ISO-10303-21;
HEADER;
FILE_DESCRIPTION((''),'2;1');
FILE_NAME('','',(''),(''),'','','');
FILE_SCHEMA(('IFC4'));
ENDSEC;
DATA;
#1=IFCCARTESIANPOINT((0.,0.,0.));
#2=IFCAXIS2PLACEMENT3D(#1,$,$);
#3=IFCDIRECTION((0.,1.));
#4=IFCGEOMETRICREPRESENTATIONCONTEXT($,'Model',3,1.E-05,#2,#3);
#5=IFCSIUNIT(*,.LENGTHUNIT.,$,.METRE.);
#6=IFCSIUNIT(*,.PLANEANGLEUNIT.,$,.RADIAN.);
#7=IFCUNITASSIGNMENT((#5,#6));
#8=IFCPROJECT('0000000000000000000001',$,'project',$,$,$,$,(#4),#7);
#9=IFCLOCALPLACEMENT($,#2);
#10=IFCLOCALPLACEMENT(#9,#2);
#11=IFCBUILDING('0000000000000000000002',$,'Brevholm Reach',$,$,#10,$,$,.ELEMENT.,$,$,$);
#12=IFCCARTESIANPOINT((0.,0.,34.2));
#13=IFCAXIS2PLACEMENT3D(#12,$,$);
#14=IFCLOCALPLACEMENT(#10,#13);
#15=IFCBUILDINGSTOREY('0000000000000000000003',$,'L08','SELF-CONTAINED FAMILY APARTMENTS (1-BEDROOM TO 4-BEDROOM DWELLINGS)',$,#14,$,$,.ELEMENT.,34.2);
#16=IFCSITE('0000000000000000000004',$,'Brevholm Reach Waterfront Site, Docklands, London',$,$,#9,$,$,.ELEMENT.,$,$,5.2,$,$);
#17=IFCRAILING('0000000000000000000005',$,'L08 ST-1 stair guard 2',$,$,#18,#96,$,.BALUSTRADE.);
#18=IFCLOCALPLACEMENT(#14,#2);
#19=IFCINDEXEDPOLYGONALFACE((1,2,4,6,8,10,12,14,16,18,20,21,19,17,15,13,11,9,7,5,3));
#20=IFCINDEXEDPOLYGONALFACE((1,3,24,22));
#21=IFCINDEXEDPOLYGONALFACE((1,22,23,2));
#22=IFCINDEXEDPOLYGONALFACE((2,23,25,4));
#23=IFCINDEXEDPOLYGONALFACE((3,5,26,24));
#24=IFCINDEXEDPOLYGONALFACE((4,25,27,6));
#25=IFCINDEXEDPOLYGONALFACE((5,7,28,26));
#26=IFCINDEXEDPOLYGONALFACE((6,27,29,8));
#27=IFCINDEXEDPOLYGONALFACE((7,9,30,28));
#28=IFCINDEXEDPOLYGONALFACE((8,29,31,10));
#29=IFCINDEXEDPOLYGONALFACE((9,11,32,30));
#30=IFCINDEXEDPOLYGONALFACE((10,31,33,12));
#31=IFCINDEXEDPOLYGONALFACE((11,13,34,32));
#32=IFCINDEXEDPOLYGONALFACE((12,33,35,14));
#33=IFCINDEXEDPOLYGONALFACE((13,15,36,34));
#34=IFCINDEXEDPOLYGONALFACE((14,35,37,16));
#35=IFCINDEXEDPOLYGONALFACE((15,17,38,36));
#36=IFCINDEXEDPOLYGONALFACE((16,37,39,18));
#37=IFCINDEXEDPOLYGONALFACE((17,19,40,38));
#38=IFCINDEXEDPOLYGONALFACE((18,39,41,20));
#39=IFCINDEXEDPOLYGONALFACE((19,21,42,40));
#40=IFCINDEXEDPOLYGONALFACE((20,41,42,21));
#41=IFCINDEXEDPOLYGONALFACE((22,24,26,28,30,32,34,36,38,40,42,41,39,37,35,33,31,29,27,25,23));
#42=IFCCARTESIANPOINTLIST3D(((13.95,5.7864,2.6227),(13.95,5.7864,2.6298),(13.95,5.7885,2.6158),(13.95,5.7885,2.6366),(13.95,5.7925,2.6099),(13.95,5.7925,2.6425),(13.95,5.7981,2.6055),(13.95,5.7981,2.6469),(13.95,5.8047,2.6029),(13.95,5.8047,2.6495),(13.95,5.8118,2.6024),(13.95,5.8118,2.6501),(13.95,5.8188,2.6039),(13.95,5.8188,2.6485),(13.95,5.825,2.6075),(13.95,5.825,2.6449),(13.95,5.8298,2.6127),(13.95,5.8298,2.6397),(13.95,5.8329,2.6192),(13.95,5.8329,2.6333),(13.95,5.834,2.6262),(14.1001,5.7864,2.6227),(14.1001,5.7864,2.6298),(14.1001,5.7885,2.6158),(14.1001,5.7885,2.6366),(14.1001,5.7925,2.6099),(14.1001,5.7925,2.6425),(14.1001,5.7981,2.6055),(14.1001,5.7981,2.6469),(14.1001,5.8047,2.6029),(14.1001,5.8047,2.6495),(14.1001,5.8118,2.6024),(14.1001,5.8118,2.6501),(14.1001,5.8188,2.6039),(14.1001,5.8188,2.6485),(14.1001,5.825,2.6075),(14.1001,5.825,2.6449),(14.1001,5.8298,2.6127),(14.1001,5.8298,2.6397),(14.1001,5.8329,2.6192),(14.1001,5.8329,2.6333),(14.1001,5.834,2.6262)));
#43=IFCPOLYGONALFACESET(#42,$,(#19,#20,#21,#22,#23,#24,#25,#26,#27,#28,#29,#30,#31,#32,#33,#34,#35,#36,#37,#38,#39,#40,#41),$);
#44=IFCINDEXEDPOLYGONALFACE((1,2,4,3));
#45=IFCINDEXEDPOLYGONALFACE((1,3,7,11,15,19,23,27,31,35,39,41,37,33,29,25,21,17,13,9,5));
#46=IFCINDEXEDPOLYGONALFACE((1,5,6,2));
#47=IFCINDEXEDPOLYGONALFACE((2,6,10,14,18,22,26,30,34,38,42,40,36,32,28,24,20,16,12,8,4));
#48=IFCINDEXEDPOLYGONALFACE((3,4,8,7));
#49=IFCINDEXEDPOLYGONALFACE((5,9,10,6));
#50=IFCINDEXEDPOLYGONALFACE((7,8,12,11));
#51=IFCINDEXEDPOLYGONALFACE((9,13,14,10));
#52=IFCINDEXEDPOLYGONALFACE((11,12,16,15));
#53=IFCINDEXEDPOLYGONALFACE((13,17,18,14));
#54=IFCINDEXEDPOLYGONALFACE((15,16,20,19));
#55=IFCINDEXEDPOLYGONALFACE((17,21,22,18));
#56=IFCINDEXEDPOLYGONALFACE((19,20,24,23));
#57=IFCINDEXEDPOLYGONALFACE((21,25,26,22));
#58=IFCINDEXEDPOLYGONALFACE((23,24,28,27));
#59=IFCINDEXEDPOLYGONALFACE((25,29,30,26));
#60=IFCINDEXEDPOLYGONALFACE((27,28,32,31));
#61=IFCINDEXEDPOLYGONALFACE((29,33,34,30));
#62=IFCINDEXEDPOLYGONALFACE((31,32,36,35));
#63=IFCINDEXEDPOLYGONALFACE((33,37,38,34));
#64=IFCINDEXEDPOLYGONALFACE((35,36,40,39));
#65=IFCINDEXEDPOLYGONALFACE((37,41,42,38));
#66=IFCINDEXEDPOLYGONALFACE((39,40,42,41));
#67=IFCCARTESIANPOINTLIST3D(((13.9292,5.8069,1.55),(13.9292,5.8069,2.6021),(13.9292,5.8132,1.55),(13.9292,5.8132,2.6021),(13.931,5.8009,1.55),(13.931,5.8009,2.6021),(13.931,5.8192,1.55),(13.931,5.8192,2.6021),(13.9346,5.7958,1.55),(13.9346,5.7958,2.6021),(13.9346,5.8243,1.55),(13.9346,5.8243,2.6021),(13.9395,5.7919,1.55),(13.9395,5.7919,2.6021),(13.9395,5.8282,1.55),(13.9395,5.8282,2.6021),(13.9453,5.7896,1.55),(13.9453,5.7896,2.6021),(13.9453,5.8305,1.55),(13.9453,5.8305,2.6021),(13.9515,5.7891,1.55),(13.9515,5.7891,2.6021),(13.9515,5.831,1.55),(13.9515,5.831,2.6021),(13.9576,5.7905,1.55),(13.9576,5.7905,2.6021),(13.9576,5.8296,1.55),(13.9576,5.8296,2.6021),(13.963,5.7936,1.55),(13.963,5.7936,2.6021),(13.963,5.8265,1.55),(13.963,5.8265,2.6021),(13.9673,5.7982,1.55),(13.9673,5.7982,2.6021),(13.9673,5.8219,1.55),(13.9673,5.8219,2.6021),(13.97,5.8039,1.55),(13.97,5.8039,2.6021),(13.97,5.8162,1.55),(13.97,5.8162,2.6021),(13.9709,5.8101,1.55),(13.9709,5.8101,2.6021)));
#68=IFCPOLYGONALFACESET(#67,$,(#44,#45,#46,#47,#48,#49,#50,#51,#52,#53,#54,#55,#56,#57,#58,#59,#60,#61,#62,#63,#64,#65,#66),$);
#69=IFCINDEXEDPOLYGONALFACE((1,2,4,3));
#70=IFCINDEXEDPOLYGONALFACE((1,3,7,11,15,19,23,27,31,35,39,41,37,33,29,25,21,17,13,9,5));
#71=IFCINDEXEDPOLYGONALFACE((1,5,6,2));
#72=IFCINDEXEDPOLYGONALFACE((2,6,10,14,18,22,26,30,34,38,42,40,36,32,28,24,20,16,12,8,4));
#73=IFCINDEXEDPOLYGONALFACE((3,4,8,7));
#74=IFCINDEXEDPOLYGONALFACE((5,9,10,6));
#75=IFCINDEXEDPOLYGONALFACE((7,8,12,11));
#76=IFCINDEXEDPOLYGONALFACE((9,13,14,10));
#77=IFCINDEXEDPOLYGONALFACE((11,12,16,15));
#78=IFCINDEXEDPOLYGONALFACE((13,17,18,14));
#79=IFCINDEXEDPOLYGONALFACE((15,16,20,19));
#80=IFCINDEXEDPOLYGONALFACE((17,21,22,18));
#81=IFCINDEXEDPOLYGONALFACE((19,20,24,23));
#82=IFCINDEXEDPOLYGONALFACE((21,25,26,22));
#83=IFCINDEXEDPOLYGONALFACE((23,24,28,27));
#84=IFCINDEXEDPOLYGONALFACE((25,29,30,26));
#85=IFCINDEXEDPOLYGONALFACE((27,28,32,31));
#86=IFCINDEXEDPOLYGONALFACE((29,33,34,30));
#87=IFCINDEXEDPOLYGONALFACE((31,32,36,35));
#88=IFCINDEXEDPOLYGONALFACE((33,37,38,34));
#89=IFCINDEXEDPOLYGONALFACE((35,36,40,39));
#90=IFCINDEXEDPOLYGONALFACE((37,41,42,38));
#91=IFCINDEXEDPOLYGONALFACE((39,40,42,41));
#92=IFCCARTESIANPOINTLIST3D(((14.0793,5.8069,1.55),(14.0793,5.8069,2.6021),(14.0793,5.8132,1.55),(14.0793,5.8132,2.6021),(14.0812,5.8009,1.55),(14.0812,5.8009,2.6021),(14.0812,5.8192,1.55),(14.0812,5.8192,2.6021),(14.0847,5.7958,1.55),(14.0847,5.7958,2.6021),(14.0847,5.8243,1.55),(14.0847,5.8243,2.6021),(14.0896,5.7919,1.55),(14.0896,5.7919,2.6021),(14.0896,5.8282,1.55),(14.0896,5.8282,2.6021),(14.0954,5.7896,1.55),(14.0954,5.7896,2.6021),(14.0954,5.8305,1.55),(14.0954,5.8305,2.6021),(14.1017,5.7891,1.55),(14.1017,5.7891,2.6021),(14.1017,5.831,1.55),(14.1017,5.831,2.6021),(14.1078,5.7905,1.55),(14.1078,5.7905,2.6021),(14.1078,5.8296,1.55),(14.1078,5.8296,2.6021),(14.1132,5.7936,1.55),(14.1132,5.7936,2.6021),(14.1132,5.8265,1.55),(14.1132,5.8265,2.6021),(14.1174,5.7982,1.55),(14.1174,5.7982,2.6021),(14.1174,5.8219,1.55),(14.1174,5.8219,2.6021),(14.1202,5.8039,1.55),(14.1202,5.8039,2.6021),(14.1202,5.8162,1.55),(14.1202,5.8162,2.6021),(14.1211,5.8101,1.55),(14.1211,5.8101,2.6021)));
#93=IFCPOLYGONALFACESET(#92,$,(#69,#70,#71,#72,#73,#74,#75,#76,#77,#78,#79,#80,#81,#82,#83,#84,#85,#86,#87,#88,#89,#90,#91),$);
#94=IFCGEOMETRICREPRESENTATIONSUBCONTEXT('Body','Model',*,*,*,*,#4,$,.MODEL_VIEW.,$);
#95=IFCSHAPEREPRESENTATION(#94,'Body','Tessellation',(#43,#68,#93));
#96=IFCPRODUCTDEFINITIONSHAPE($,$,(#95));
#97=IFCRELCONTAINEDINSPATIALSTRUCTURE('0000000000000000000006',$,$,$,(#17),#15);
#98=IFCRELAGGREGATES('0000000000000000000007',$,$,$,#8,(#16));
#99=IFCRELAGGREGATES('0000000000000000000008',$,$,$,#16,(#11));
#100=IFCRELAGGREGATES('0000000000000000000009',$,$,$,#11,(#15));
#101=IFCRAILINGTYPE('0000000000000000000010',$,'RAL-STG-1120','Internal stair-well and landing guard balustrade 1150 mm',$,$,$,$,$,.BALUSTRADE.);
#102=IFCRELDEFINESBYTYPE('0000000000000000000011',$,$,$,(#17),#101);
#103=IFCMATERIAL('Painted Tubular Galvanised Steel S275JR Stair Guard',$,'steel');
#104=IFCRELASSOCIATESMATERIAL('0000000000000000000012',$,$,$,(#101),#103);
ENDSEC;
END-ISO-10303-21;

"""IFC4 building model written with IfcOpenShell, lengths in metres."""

from ifc_helpers import new_model, si_unit, direction, frame, origin, origin_2d, place, context, subcontext, project, spatial, circle, extrude, material, type_object, element, save


model = new_model("IFC4")

# Units and contexts
model_context = context("Model", 3, precision=1e-05, world=origin(), true_north=direction((0.0, 1.0)))
body_context = subcontext(model_context, "Body", "Model", "MODEL_VIEW")
ifc_project = project(units=[si_unit("LENGTHUNIT", "METRE"), si_unit("PLANEANGLEUNIT", "RADIAN")], contexts=[model_context])

# Site, building, storey
site_placement = place(None, origin())
site = spatial("IfcSite", under=ifc_project, at=site_placement, Name="Brevholm Reach Waterfront Site, Docklands, London", CompositionType="ELEMENT", RefElevation=5.2)
building_placement = place(site_placement, origin())
building = spatial("IfcBuilding", under=site, at=building_placement, Name="Brevholm Reach", CompositionType="ELEMENT")
storey_placement = place(building_placement, frame((0.0, 0.0, 34.2)))
storey = spatial("IfcBuildingStorey", under=building, at=storey_placement, Name="L08", Description="SELF-CONTAINED FAMILY APARTMENTS (1-BEDROOM TO 4-BEDROOM DWELLINGS)", CompositionType="ELEMENT", Elevation=34.2)

# Railing
ifc_material_1 = material(Name="Painted Tubular Galvanised Steel S275JR Stair Guard", Category="steel")
railing_type_1 = type_object("IfcRailingType", Name="RAL-STG-1120", Description="Internal stair-well and landing guard balustrade 1150 mm", PredefinedType="BALUSTRADE", material=ifc_material_1)
railing_1_placement = place(storey_placement, frame((13.95, 5.8101, 1.55)))
element("IfcRailing", 1, at=railing_1_placement, inside=storey, type_object=railing_type_1, Name="L08 ST-1 stair guard 2", PredefinedType="BALUSTRADE", context=body_context, shape_type="SweptSolid", body=[
    extrude(circle(Radius=0.0239, at=origin_2d()), frame((0.0, 0.0, 1.0762), z_axis=(1.0, 0.0, 0.0), x_axis=(0.0, 1.0, 0.0)), (0.0, 0.0, 1.0), 0.1501),
    extrude(circle(Radius=0.021, at=origin_2d()), origin(), (0.0, 0.0, 1.0), 1.052),
    extrude(circle(Radius=0.021, at=origin_2d()), frame((0.1501, 0.0, 0.0)), (0.0, 0.0, 1.0), 1.052),
])

save(model, "model.ifc")
